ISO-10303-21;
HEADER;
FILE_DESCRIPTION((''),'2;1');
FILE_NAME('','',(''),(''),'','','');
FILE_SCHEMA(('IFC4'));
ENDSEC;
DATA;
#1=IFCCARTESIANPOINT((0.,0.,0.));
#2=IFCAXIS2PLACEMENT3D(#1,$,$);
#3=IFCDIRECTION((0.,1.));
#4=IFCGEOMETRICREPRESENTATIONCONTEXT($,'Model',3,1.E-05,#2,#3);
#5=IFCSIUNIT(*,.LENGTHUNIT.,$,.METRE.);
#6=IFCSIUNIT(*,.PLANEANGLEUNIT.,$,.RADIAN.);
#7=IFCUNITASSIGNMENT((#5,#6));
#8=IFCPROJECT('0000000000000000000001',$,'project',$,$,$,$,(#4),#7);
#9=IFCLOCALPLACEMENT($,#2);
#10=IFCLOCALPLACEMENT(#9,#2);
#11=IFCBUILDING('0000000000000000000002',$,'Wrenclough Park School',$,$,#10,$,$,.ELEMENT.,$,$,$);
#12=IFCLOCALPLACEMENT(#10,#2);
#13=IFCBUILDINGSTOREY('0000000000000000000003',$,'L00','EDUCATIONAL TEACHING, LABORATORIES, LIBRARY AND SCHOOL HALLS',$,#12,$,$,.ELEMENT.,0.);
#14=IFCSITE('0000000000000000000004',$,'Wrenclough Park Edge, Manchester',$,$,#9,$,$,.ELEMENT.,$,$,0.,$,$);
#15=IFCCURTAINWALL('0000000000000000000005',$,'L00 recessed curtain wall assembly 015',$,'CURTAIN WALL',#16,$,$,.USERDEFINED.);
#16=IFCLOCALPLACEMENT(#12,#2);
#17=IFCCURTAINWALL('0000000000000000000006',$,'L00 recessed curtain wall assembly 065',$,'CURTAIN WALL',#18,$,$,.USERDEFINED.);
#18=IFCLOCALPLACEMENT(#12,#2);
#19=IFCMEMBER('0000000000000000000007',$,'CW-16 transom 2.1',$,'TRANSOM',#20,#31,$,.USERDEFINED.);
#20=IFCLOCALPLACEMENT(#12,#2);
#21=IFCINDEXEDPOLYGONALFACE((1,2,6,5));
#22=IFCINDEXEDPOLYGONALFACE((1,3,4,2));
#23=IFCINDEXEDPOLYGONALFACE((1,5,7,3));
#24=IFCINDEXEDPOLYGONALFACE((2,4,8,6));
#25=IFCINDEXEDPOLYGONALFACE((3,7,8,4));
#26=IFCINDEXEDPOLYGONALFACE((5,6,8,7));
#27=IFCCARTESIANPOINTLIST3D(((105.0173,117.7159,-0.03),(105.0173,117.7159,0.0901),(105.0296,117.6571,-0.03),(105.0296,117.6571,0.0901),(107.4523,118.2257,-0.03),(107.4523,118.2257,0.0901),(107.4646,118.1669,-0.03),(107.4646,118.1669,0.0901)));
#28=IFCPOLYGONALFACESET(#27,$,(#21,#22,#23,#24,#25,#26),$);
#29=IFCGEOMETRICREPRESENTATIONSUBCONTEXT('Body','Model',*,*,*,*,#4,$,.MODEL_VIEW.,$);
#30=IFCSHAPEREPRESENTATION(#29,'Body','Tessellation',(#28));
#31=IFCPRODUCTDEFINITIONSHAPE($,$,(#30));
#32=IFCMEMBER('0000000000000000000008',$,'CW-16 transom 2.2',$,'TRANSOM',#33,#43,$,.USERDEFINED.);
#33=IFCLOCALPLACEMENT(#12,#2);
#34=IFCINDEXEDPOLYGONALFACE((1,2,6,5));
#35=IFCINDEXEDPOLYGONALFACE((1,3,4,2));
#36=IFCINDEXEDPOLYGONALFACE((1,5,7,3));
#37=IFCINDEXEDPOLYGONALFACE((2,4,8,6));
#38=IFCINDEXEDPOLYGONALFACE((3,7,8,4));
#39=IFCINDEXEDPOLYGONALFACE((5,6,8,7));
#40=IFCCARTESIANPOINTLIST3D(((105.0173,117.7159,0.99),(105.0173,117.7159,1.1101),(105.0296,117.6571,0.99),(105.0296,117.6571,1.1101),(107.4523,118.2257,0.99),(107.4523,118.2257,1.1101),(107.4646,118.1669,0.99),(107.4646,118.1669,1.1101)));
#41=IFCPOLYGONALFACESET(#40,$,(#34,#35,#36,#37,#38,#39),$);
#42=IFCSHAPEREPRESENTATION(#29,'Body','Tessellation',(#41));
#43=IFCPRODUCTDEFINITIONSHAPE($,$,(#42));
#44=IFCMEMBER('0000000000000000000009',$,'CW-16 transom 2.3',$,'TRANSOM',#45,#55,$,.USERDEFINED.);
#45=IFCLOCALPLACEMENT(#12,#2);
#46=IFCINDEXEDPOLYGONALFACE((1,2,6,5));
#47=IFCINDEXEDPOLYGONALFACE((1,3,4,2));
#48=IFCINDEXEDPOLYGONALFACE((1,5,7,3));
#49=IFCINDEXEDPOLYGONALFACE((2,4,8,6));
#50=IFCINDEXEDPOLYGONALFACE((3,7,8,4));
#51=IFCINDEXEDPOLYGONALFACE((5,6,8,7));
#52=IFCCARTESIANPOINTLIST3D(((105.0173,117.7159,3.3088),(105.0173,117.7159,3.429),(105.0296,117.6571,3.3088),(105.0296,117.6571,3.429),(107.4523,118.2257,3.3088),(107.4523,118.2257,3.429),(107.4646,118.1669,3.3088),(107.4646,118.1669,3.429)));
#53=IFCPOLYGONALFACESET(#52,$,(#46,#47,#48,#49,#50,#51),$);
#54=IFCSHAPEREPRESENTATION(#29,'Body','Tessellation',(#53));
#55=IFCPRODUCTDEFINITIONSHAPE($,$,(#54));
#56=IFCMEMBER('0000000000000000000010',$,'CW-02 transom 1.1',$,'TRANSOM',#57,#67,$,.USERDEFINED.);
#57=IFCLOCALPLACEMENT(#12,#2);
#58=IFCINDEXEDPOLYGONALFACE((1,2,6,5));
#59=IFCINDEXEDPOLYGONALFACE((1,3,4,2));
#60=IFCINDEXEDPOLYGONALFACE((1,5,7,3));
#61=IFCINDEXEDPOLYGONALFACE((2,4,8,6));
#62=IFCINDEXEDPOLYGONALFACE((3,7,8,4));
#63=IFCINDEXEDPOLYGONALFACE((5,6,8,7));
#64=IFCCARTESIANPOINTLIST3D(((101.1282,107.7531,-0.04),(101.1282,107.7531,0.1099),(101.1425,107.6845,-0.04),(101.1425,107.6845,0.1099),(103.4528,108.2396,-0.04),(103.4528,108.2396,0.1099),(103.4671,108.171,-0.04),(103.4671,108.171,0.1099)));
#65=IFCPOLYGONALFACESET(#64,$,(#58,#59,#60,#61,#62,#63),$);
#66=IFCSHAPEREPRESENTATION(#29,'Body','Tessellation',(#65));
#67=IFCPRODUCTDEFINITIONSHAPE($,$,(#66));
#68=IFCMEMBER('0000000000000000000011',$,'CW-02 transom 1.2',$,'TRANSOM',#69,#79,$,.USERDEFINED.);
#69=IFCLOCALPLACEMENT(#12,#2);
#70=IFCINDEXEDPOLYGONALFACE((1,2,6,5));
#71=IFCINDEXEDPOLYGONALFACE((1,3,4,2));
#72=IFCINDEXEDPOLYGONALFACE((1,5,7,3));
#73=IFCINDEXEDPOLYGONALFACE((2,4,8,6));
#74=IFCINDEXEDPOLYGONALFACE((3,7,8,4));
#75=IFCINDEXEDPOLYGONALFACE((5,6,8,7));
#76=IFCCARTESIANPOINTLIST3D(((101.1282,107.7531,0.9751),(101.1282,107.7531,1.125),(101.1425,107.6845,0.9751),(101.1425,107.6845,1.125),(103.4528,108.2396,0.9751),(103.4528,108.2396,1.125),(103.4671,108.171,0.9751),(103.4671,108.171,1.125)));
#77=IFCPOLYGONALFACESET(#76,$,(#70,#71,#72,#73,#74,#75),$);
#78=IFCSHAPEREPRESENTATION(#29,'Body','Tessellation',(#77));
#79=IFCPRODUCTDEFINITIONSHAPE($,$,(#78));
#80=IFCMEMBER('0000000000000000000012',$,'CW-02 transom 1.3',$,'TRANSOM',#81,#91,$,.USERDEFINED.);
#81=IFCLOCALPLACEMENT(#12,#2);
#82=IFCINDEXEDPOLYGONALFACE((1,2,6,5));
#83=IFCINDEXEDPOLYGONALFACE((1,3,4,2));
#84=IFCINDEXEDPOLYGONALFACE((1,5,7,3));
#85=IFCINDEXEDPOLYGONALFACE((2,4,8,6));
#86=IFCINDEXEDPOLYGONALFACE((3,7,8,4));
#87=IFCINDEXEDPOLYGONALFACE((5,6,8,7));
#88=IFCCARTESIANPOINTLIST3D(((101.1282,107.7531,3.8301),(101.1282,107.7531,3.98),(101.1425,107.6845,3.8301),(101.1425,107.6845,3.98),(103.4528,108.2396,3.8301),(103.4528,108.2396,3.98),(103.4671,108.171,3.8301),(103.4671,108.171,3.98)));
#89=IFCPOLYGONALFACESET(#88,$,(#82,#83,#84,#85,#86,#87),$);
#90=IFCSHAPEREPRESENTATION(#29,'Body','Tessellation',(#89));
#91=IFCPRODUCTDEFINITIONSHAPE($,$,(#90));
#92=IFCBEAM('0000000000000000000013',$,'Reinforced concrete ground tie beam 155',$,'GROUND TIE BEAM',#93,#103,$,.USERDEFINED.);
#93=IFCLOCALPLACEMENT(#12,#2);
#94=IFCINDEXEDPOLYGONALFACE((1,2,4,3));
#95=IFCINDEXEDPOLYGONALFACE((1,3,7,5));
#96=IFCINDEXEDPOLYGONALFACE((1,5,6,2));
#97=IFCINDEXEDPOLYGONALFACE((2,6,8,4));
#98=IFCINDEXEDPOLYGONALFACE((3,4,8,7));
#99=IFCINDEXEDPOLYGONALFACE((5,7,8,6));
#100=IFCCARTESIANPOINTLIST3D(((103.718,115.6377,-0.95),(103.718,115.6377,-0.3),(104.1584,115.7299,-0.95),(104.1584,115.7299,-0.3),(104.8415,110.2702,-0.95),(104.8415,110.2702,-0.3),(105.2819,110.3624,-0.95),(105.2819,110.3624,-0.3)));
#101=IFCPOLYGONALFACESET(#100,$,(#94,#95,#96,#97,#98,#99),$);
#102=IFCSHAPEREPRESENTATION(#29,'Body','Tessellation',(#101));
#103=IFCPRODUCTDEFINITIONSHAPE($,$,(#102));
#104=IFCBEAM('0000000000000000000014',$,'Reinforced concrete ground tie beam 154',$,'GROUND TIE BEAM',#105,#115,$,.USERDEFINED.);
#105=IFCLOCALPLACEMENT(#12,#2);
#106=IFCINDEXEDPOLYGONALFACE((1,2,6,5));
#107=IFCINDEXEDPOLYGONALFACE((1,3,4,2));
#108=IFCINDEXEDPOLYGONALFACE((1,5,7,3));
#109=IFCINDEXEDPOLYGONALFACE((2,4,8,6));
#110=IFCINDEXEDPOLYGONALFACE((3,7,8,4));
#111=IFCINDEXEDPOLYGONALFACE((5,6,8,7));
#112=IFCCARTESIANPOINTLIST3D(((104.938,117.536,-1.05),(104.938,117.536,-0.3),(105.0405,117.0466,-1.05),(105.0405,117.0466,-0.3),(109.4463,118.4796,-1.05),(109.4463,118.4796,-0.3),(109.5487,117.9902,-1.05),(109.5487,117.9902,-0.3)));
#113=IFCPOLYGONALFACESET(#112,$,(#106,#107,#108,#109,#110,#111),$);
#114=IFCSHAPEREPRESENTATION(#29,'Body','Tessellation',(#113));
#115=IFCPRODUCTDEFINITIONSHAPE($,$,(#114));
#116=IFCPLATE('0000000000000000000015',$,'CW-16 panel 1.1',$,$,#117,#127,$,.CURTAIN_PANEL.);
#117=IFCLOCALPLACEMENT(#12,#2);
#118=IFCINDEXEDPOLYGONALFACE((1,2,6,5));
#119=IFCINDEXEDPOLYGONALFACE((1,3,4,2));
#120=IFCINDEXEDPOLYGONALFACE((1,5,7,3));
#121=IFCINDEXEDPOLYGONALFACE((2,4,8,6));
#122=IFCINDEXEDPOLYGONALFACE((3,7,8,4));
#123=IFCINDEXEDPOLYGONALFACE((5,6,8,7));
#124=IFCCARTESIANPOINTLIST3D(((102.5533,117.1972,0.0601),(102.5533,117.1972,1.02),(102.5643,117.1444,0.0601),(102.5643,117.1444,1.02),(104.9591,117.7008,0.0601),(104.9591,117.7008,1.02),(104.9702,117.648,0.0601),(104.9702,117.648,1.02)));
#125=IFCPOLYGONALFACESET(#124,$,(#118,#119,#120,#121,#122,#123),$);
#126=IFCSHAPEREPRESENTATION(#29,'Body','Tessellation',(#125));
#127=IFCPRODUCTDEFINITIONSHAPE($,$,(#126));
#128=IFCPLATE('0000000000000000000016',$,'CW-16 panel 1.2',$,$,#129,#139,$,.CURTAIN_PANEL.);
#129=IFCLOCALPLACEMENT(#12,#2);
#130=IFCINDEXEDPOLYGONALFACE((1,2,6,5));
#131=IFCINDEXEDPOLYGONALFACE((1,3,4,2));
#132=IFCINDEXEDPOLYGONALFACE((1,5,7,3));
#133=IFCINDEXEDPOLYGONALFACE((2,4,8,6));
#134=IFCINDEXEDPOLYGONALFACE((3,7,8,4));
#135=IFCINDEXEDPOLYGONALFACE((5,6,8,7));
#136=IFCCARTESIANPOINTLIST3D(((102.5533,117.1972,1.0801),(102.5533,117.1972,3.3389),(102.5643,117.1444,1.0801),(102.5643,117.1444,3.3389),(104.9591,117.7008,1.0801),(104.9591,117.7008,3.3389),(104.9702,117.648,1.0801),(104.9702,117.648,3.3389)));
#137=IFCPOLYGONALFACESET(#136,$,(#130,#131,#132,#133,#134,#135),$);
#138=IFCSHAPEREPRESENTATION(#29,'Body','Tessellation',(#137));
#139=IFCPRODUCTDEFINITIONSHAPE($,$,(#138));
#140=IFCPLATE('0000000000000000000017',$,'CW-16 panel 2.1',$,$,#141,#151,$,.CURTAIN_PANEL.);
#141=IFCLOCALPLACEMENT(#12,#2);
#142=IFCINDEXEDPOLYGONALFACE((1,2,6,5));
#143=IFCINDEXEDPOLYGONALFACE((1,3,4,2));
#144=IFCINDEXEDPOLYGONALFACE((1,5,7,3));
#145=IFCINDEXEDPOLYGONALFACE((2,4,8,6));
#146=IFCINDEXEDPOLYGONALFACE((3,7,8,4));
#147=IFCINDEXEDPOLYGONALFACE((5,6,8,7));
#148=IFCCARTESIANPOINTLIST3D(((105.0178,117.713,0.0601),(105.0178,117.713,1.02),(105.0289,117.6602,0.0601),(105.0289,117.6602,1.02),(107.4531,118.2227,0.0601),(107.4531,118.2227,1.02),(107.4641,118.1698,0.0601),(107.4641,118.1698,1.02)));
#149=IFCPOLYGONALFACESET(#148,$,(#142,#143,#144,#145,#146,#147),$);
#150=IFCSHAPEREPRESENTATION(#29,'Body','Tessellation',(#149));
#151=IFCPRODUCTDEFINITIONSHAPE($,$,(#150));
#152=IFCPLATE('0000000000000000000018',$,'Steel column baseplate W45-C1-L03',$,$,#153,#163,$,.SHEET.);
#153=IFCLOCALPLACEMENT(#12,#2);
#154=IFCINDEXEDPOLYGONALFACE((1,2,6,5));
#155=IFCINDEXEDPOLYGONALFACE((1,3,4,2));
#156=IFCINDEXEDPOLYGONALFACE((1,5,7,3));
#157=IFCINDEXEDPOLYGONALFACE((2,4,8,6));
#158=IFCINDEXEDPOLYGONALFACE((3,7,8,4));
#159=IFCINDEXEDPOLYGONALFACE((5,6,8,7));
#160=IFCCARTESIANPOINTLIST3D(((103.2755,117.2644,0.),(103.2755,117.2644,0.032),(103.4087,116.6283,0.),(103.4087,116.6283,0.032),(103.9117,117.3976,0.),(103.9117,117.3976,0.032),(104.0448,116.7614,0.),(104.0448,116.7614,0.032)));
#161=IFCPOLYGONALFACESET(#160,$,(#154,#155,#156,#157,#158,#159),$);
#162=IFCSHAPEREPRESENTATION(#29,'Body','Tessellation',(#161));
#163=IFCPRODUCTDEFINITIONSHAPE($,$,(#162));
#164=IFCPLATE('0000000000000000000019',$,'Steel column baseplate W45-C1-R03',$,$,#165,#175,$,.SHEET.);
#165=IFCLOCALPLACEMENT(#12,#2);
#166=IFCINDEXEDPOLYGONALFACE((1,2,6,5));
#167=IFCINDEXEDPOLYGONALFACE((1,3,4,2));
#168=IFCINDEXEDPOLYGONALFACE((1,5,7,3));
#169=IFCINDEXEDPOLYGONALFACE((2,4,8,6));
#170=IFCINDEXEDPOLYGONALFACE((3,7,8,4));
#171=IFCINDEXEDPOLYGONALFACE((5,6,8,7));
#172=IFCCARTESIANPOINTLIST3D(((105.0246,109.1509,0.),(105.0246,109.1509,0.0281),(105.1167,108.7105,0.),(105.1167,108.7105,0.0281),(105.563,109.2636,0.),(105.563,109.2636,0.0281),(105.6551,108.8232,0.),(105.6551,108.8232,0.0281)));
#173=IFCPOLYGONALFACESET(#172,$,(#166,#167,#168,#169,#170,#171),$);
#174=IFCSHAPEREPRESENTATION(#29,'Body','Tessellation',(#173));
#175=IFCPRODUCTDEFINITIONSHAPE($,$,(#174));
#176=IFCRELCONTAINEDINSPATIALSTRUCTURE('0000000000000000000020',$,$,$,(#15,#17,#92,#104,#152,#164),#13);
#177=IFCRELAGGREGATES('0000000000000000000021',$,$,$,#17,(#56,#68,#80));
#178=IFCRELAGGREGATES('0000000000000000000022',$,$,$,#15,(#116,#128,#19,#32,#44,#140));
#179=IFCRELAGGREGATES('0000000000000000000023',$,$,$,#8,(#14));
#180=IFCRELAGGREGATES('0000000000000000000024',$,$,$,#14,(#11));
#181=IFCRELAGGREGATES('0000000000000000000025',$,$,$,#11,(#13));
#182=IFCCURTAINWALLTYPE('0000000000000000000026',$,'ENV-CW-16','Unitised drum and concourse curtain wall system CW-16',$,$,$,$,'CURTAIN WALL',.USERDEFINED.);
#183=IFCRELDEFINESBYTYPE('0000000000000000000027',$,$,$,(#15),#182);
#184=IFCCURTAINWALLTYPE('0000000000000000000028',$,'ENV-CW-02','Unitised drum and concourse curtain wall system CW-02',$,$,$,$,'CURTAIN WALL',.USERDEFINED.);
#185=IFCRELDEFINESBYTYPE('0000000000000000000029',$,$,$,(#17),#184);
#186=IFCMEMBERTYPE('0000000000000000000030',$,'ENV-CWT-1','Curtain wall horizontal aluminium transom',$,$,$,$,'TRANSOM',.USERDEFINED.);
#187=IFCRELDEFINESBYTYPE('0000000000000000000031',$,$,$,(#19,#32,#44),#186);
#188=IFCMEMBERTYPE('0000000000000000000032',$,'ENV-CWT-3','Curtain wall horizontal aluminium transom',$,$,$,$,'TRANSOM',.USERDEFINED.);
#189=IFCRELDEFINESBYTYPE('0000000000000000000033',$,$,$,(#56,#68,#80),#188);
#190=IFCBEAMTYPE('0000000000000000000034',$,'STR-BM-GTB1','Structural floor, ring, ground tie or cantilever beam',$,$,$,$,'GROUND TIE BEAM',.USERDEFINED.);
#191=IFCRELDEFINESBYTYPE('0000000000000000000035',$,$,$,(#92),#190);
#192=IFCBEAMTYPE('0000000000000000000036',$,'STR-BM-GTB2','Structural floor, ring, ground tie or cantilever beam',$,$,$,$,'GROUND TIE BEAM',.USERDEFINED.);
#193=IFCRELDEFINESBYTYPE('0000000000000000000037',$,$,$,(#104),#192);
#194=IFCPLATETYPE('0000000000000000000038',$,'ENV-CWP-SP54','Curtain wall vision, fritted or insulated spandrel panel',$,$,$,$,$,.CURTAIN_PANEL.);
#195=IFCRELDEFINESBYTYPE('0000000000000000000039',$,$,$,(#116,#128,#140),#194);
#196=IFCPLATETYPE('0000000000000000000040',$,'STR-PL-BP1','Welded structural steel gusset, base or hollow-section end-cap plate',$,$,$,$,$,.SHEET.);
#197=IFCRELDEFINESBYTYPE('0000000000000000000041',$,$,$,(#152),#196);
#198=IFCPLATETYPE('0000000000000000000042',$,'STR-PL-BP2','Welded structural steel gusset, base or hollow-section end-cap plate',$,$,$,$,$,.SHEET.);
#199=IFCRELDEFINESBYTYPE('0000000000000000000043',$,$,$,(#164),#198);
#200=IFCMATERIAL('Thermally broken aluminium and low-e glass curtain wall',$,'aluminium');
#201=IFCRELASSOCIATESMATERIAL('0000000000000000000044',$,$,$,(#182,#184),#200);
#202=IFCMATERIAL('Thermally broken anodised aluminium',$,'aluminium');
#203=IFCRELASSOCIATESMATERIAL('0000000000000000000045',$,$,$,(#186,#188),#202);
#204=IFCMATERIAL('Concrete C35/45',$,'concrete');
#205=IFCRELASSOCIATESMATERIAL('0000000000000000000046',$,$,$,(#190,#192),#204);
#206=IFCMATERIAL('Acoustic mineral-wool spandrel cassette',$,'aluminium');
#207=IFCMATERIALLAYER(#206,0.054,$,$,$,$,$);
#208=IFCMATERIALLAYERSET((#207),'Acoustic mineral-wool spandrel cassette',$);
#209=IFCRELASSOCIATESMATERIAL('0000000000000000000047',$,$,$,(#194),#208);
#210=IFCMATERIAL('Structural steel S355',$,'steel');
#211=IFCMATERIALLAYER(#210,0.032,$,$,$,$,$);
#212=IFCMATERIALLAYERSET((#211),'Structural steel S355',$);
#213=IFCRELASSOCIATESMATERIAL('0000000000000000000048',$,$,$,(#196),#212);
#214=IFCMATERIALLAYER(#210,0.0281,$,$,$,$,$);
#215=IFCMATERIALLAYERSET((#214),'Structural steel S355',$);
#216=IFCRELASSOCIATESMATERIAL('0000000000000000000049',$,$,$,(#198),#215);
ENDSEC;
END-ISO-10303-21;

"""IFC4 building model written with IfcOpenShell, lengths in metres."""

from ifc_helpers import new_model, si_unit, direction, frame, origin, origin_2d, place, context, subcontext, project, spatial, rectangle, extrude, material, layer, layer_set, material_profile, profile_set, type_object, element, aggregate, save


model = new_model("IFC4")

# Units and contexts
model_context = context("Model", 3, precision=1e-05, world=origin(), true_north=direction((0.0, 1.0)))
body_context = subcontext(model_context, "Body", "Model", "MODEL_VIEW")
ifc_project = project(units=[si_unit("LENGTHUNIT", "METRE"), si_unit("PLANEANGLEUNIT", "RADIAN")], contexts=[model_context])

# Site, building, storey
site_placement = place(None, origin())
site = spatial("IfcSite", under=ifc_project, at=site_placement, Name="Wrenclough Park Edge, Manchester", CompositionType="ELEMENT", RefElevation=0.0)
building_placement = place(site_placement, origin())
building = spatial("IfcBuilding", under=site, at=building_placement, Name="Wrenclough Park School", CompositionType="ELEMENT")
storey_placement = place(building_placement, origin())
storey = spatial("IfcBuildingStorey", under=building, at=storey_placement, Name="L00", Description="EDUCATIONAL TEACHING, LABORATORIES, LIBRARY AND SCHOOL HALLS", CompositionType="ELEMENT", Elevation=0.0)

# Shared definitions
ifc_material_1 = material(Name="Concrete C35/45", Category="concrete")

# Shared definitions
ifc_material_2 = material(Name="Structural steel S355", Category="steel")

# Curtain wall
ifc_material_3 = material(Name="Thermally broken aluminium and low-e glass curtain wall", Category="aluminium")
curtain_wall_type_1 = type_object("IfcCurtainWallType", Name="ENV-CW-16", Description="Unitised drum and concourse curtain wall system CW-16", ElementType="CURTAIN WALL", PredefinedType="USERDEFINED", material=ifc_material_3)
curtain_wall_1_placement = place(storey_placement, origin())
curtain_wall_1 = element("IfcCurtainWall", 1, at=curtain_wall_1_placement, inside=storey, type_object=curtain_wall_type_1, Name="L00 recessed curtain wall assembly 015", ObjectType="CURTAIN WALL", PredefinedType="USERDEFINED")
ifc_material_4 = material(Name="Thermally broken anodised aluminium", Category="aluminium")

# Curtain wall
curtain_wall_type_2 = type_object("IfcCurtainWallType", Name="ENV-CW-02", Description="Unitised drum and concourse curtain wall system CW-02", ElementType="CURTAIN WALL", PredefinedType="USERDEFINED", material=ifc_material_3)
curtain_wall_2_placement = place(storey_placement, origin())
curtain_wall_2 = element("IfcCurtainWall", 2, at=curtain_wall_2_placement, inside=storey, type_object=curtain_wall_type_2, Name="L00 recessed curtain wall assembly 065", ObjectType="CURTAIN WALL", PredefinedType="USERDEFINED")

# Members
ifc_material_profile_1 = material_profile(ifc_material_4, rectangle(XDim=0.0601, YDim=0.1201, at=origin_2d()), Name="AL TRANSOM 60x120")
ifc_profile_set_1 = profile_set([ifc_material_profile_1], Name="Thermally broken anodised aluminium")
member_type_1 = type_object("IfcMemberType", Name="ENV-CWT-1", Description="Curtain wall horizontal aluminium transom", ElementType="TRANSOM", PredefinedType="USERDEFINED", material=ifc_profile_set_1)
member_1_placement = place(storey_placement, frame((105.0234, 117.6865, 0.03), z_axis=(0.978782, 0.204903, 0.0), x_axis=(-0.204903, 0.978782, 0.0)))
member_1 = element("IfcMember", 3, at=member_1_placement, type_object=member_type_1, Name="CW-16 transom 2.1", ObjectType="TRANSOM", PredefinedType="USERDEFINED", context=body_context, shape_type="SweptSolid", body=[
    extrude(rectangle(XDim=0.0601, YDim=0.1201, at=origin_2d()), origin(), (0.0, 0.0, 1.0), 2.4878),
])
member_2_placement = place(storey_placement, frame((105.0234, 117.6865, 1.05), z_axis=(0.978782, 0.204903, 0.0), x_axis=(-0.204903, 0.978782, 0.0)))
member_2 = element("IfcMember", 4, at=member_2_placement, type_object=member_type_1, Name="CW-16 transom 2.2", ObjectType="TRANSOM", PredefinedType="USERDEFINED", context=body_context, shape_type="SweptSolid", body=[
    extrude(rectangle(XDim=0.0601, YDim=0.1201, at=origin_2d()), origin(), (0.0, 0.0, 1.0), 2.4878),
])
member_3_placement = place(storey_placement, frame((105.0234, 117.6865, 3.3689), z_axis=(0.978782, 0.204903, 0.0), x_axis=(-0.204903, 0.978782, 0.0)))
member_3 = element("IfcMember", 5, at=member_3_placement, type_object=member_type_1, Name="CW-16 transom 2.3", ObjectType="TRANSOM", PredefinedType="USERDEFINED", context=body_context, shape_type="SweptSolid", body=[
    extrude(rectangle(XDim=0.0601, YDim=0.1201, at=origin_2d()), origin(), (0.0, 0.0, 1.0), 2.4878),
])
ifc_material_profile_2 = material_profile(ifc_material_4, rectangle(XDim=0.0701, YDim=0.1499, at=origin_2d()), Name="AL TRANSOM 70x150")
ifc_profile_set_2 = profile_set([ifc_material_profile_2], Name="Thermally broken anodised aluminium")
member_type_2 = type_object("IfcMemberType", Name="ENV-CWT-3", Description="Curtain wall horizontal aluminium transom", ElementType="TRANSOM", PredefinedType="USERDEFINED", material=ifc_profile_set_2)
member_4_placement = place(storey_placement, frame((103.46, 108.2053, 0.0349), z_axis=(-0.97879, -0.204865, 0.0), x_axis=(0.204865, -0.97879, 0.0)))
member_4 = element("IfcMember", 6, at=member_4_placement, type_object=member_type_2, Name="CW-02 transom 1.1", ObjectType="TRANSOM", PredefinedType="USERDEFINED", context=body_context, shape_type="SweptSolid", body=[
    extrude(rectangle(XDim=0.0701, YDim=0.1499, at=origin_2d()), origin(), (0.0, 0.0, 1.0), 2.375),
])
member_5_placement = place(storey_placement, frame((103.46, 108.2053, 1.05), z_axis=(-0.97879, -0.204865, 0.0), x_axis=(0.204865, -0.97879, 0.0)))
member_5 = element("IfcMember", 7, at=member_5_placement, type_object=member_type_2, Name="CW-02 transom 1.2", ObjectType="TRANSOM", PredefinedType="USERDEFINED", context=body_context, shape_type="SweptSolid", body=[
    extrude(rectangle(XDim=0.0701, YDim=0.1499, at=origin_2d()), origin(), (0.0, 0.0, 1.0), 2.375),
])
member_6_placement = place(storey_placement, frame((103.46, 108.2053, 3.905), z_axis=(-0.97879, -0.204865, 0.0), x_axis=(0.204865, -0.97879, 0.0)))
member_6 = element("IfcMember", 8, at=member_6_placement, type_object=member_type_2, Name="CW-02 transom 1.3", ObjectType="TRANSOM", PredefinedType="USERDEFINED", context=body_context, shape_type="SweptSolid", body=[
    extrude(rectangle(XDim=0.0701, YDim=0.1499, at=origin_2d()), origin(), (0.0, 0.0, 1.0), 2.375),
])
aggregate(curtain_wall_2, [member_4, member_5, member_6])

# Beams
ifc_material_profile_3 = material_profile(ifc_material_1, rectangle(XDim=0.45, YDim=0.6499, at=origin_2d()), Name="RC GROUND 450x650")
ifc_profile_set_3 = profile_set([ifc_material_profile_3], Name="Concrete C35/45")
beam_type_1 = type_object("IfcBeamType", Name="STR-BM-GTB1", Description="Structural floor, ring, ground tie or cantilever beam", ElementType="GROUND TIE BEAM", PredefinedType="USERDEFINED", material=ifc_profile_set_3)
beam_1_placement = place(storey_placement, frame((103.9382, 115.6838, -0.625), z_axis=(0.204875, -0.978788, 0.0), x_axis=(0.978788, 0.204875, 0.0)))
element("IfcBeam", 9, at=beam_1_placement, inside=storey, type_object=beam_type_1, Name="Reinforced concrete ground tie beam 155", ObjectType="GROUND TIE BEAM", PredefinedType="USERDEFINED", context=body_context, shape_type="SweptSolid", body=[
    extrude(rectangle(XDim=0.45, YDim=0.6499, at=origin_2d()), origin(), (0.0, 0.0, 1.0), 5.4839),
])
ifc_material_profile_4 = material_profile(ifc_material_1, rectangle(XDim=0.5, YDim=0.75, at=origin_2d()), Name="RC GROUND 500x750")
ifc_profile_set_4 = profile_set([ifc_material_profile_4], Name="Concrete C35/45")
beam_type_2 = type_object("IfcBeamType", Name="STR-BM-GTB2", Description="Structural floor, ring, ground tie or cantilever beam", ElementType="GROUND TIE BEAM", PredefinedType="USERDEFINED", material=ifc_profile_set_4)
beam_2_placement = place(storey_placement, frame((104.9893, 117.2913, -0.675), z_axis=(0.97879, 0.204864, 0.0), x_axis=(-0.204864, 0.97879, 0.0)))
element("IfcBeam", 10, at=beam_2_placement, inside=storey, type_object=beam_type_2, Name="Reinforced concrete ground tie beam 154", ObjectType="GROUND TIE BEAM", PredefinedType="USERDEFINED", context=body_context, shape_type="SweptSolid", body=[
    extrude(rectangle(XDim=0.5, YDim=0.75, at=origin_2d()), origin(), (0.0, 0.0, 1.0), 4.606),
])

# Plates
ifc_material_5 = material(Name="Acoustic mineral-wool spandrel cassette", Category="aluminium")
ifc_layer_1 = layer(ifc_material_5, 0.054)
ifc_layer_set_1 = layer_set([ifc_layer_1], Name="Acoustic mineral-wool spandrel cassette")
plate_type_1 = type_object("IfcPlateType", Name="ENV-CWP-SP54", Description="Curtain wall vision, fritted or insulated spandrel panel", PredefinedType="CURTAIN_PANEL", material=ifc_layer_set_1)
plate_1_placement = place(storey_placement, frame((103.7617, 117.4226, 0.0601), z_axis=(0.0, 0.0, 1.0), x_axis=(0.978792, 0.204858, 0.0)))
plate_1 = element("IfcPlate", 11, at=plate_1_placement, type_object=plate_type_1, Name="CW-16 panel 1.1", PredefinedType="CURTAIN_PANEL", context=body_context, shape_type="SweptSolid", body=[
    extrude(rectangle(XDim=2.458, YDim=0.054, at=origin_2d()), origin(), (0.0, 0.0, 1.0), 0.96),
])
plate_2_placement = place(storey_placement, frame((103.7617, 117.4226, 1.0801), z_axis=(0.0, 0.0, 1.0), x_axis=(0.978792, 0.204858, 0.0)))
plate_2 = element("IfcPlate", 12, at=plate_2_placement, type_object=plate_type_1, Name="CW-16 panel 1.2", PredefinedType="CURTAIN_PANEL", context=body_context, shape_type="SweptSolid", body=[
    extrude(rectangle(XDim=2.458, YDim=0.054, at=origin_2d()), origin(), (0.0, 0.0, 1.0), 2.2588),
])
plate_3_placement = place(storey_placement, frame((106.241, 117.9414, 0.0601), z_axis=(0.0, 0.0, 1.0), x_axis=(0.978792, 0.204858, 0.0)))
plate_3 = element("IfcPlate", 13, at=plate_3_placement, type_object=plate_type_1, Name="CW-16 panel 2.1", PredefinedType="CURTAIN_PANEL", context=body_context, shape_type="SweptSolid", body=[
    extrude(rectangle(XDim=2.488, YDim=0.054, at=origin_2d()), origin(), (0.0, 0.0, 1.0), 0.96),
])
aggregate(curtain_wall_1, [plate_1, plate_2, member_1, member_2, member_3, plate_3])

# Plates
ifc_layer_2 = layer(ifc_material_2, 0.032)
ifc_layer_set_2 = layer_set([ifc_layer_2], Name="Structural steel S355")
plate_type_2 = type_object("IfcPlateType", Name="STR-PL-BP1", Description="Welded structural steel gusset, base or hollow-section end-cap plate", PredefinedType="SHEET", material=ifc_layer_set_2)
plate_4_placement = place(storey_placement, frame((103.6602, 117.0129, 0.0), z_axis=(0.0, 0.0, 1.0), x_axis=(0.978796, 0.204838, 0.0)))
element("IfcPlate", 14, at=plate_4_placement, inside=storey, type_object=plate_type_2, Name="Steel column baseplate W45-C1-L03", PredefinedType="SHEET", context=body_context, shape_type="SweptSolid", body=[
    extrude(rectangle(XDim=0.6499, YDim=0.6499, at=origin_2d()), origin(), (0.0, 0.0, 1.0), 0.032),
])
ifc_layer_3 = layer(ifc_material_2, 0.0281)
ifc_layer_set_3 = layer_set([ifc_layer_3], Name="Structural steel S355")
plate_type_3 = type_object("IfcPlateType", Name="STR-PL-BP2", Description="Welded structural steel gusset, base or hollow-section end-cap plate", PredefinedType="SHEET", material=ifc_layer_set_3)
plate_5_placement = place(storey_placement, frame((105.3398, 108.9871, 0.0), z_axis=(0.0, 0.0, 1.0), x_axis=(0.978796, 0.204838, 0.0)))
element("IfcPlate", 15, at=plate_5_placement, inside=storey, type_object=plate_type_3, Name="Steel column baseplate W45-C1-R03", PredefinedType="SHEET", context=body_context, shape_type="SweptSolid", body=[
    extrude(rectangle(XDim=0.55, YDim=0.45, at=origin_2d()), origin(), (0.0, 0.0, 1.0), 0.0281),
])

save(model, "model.ifc")
